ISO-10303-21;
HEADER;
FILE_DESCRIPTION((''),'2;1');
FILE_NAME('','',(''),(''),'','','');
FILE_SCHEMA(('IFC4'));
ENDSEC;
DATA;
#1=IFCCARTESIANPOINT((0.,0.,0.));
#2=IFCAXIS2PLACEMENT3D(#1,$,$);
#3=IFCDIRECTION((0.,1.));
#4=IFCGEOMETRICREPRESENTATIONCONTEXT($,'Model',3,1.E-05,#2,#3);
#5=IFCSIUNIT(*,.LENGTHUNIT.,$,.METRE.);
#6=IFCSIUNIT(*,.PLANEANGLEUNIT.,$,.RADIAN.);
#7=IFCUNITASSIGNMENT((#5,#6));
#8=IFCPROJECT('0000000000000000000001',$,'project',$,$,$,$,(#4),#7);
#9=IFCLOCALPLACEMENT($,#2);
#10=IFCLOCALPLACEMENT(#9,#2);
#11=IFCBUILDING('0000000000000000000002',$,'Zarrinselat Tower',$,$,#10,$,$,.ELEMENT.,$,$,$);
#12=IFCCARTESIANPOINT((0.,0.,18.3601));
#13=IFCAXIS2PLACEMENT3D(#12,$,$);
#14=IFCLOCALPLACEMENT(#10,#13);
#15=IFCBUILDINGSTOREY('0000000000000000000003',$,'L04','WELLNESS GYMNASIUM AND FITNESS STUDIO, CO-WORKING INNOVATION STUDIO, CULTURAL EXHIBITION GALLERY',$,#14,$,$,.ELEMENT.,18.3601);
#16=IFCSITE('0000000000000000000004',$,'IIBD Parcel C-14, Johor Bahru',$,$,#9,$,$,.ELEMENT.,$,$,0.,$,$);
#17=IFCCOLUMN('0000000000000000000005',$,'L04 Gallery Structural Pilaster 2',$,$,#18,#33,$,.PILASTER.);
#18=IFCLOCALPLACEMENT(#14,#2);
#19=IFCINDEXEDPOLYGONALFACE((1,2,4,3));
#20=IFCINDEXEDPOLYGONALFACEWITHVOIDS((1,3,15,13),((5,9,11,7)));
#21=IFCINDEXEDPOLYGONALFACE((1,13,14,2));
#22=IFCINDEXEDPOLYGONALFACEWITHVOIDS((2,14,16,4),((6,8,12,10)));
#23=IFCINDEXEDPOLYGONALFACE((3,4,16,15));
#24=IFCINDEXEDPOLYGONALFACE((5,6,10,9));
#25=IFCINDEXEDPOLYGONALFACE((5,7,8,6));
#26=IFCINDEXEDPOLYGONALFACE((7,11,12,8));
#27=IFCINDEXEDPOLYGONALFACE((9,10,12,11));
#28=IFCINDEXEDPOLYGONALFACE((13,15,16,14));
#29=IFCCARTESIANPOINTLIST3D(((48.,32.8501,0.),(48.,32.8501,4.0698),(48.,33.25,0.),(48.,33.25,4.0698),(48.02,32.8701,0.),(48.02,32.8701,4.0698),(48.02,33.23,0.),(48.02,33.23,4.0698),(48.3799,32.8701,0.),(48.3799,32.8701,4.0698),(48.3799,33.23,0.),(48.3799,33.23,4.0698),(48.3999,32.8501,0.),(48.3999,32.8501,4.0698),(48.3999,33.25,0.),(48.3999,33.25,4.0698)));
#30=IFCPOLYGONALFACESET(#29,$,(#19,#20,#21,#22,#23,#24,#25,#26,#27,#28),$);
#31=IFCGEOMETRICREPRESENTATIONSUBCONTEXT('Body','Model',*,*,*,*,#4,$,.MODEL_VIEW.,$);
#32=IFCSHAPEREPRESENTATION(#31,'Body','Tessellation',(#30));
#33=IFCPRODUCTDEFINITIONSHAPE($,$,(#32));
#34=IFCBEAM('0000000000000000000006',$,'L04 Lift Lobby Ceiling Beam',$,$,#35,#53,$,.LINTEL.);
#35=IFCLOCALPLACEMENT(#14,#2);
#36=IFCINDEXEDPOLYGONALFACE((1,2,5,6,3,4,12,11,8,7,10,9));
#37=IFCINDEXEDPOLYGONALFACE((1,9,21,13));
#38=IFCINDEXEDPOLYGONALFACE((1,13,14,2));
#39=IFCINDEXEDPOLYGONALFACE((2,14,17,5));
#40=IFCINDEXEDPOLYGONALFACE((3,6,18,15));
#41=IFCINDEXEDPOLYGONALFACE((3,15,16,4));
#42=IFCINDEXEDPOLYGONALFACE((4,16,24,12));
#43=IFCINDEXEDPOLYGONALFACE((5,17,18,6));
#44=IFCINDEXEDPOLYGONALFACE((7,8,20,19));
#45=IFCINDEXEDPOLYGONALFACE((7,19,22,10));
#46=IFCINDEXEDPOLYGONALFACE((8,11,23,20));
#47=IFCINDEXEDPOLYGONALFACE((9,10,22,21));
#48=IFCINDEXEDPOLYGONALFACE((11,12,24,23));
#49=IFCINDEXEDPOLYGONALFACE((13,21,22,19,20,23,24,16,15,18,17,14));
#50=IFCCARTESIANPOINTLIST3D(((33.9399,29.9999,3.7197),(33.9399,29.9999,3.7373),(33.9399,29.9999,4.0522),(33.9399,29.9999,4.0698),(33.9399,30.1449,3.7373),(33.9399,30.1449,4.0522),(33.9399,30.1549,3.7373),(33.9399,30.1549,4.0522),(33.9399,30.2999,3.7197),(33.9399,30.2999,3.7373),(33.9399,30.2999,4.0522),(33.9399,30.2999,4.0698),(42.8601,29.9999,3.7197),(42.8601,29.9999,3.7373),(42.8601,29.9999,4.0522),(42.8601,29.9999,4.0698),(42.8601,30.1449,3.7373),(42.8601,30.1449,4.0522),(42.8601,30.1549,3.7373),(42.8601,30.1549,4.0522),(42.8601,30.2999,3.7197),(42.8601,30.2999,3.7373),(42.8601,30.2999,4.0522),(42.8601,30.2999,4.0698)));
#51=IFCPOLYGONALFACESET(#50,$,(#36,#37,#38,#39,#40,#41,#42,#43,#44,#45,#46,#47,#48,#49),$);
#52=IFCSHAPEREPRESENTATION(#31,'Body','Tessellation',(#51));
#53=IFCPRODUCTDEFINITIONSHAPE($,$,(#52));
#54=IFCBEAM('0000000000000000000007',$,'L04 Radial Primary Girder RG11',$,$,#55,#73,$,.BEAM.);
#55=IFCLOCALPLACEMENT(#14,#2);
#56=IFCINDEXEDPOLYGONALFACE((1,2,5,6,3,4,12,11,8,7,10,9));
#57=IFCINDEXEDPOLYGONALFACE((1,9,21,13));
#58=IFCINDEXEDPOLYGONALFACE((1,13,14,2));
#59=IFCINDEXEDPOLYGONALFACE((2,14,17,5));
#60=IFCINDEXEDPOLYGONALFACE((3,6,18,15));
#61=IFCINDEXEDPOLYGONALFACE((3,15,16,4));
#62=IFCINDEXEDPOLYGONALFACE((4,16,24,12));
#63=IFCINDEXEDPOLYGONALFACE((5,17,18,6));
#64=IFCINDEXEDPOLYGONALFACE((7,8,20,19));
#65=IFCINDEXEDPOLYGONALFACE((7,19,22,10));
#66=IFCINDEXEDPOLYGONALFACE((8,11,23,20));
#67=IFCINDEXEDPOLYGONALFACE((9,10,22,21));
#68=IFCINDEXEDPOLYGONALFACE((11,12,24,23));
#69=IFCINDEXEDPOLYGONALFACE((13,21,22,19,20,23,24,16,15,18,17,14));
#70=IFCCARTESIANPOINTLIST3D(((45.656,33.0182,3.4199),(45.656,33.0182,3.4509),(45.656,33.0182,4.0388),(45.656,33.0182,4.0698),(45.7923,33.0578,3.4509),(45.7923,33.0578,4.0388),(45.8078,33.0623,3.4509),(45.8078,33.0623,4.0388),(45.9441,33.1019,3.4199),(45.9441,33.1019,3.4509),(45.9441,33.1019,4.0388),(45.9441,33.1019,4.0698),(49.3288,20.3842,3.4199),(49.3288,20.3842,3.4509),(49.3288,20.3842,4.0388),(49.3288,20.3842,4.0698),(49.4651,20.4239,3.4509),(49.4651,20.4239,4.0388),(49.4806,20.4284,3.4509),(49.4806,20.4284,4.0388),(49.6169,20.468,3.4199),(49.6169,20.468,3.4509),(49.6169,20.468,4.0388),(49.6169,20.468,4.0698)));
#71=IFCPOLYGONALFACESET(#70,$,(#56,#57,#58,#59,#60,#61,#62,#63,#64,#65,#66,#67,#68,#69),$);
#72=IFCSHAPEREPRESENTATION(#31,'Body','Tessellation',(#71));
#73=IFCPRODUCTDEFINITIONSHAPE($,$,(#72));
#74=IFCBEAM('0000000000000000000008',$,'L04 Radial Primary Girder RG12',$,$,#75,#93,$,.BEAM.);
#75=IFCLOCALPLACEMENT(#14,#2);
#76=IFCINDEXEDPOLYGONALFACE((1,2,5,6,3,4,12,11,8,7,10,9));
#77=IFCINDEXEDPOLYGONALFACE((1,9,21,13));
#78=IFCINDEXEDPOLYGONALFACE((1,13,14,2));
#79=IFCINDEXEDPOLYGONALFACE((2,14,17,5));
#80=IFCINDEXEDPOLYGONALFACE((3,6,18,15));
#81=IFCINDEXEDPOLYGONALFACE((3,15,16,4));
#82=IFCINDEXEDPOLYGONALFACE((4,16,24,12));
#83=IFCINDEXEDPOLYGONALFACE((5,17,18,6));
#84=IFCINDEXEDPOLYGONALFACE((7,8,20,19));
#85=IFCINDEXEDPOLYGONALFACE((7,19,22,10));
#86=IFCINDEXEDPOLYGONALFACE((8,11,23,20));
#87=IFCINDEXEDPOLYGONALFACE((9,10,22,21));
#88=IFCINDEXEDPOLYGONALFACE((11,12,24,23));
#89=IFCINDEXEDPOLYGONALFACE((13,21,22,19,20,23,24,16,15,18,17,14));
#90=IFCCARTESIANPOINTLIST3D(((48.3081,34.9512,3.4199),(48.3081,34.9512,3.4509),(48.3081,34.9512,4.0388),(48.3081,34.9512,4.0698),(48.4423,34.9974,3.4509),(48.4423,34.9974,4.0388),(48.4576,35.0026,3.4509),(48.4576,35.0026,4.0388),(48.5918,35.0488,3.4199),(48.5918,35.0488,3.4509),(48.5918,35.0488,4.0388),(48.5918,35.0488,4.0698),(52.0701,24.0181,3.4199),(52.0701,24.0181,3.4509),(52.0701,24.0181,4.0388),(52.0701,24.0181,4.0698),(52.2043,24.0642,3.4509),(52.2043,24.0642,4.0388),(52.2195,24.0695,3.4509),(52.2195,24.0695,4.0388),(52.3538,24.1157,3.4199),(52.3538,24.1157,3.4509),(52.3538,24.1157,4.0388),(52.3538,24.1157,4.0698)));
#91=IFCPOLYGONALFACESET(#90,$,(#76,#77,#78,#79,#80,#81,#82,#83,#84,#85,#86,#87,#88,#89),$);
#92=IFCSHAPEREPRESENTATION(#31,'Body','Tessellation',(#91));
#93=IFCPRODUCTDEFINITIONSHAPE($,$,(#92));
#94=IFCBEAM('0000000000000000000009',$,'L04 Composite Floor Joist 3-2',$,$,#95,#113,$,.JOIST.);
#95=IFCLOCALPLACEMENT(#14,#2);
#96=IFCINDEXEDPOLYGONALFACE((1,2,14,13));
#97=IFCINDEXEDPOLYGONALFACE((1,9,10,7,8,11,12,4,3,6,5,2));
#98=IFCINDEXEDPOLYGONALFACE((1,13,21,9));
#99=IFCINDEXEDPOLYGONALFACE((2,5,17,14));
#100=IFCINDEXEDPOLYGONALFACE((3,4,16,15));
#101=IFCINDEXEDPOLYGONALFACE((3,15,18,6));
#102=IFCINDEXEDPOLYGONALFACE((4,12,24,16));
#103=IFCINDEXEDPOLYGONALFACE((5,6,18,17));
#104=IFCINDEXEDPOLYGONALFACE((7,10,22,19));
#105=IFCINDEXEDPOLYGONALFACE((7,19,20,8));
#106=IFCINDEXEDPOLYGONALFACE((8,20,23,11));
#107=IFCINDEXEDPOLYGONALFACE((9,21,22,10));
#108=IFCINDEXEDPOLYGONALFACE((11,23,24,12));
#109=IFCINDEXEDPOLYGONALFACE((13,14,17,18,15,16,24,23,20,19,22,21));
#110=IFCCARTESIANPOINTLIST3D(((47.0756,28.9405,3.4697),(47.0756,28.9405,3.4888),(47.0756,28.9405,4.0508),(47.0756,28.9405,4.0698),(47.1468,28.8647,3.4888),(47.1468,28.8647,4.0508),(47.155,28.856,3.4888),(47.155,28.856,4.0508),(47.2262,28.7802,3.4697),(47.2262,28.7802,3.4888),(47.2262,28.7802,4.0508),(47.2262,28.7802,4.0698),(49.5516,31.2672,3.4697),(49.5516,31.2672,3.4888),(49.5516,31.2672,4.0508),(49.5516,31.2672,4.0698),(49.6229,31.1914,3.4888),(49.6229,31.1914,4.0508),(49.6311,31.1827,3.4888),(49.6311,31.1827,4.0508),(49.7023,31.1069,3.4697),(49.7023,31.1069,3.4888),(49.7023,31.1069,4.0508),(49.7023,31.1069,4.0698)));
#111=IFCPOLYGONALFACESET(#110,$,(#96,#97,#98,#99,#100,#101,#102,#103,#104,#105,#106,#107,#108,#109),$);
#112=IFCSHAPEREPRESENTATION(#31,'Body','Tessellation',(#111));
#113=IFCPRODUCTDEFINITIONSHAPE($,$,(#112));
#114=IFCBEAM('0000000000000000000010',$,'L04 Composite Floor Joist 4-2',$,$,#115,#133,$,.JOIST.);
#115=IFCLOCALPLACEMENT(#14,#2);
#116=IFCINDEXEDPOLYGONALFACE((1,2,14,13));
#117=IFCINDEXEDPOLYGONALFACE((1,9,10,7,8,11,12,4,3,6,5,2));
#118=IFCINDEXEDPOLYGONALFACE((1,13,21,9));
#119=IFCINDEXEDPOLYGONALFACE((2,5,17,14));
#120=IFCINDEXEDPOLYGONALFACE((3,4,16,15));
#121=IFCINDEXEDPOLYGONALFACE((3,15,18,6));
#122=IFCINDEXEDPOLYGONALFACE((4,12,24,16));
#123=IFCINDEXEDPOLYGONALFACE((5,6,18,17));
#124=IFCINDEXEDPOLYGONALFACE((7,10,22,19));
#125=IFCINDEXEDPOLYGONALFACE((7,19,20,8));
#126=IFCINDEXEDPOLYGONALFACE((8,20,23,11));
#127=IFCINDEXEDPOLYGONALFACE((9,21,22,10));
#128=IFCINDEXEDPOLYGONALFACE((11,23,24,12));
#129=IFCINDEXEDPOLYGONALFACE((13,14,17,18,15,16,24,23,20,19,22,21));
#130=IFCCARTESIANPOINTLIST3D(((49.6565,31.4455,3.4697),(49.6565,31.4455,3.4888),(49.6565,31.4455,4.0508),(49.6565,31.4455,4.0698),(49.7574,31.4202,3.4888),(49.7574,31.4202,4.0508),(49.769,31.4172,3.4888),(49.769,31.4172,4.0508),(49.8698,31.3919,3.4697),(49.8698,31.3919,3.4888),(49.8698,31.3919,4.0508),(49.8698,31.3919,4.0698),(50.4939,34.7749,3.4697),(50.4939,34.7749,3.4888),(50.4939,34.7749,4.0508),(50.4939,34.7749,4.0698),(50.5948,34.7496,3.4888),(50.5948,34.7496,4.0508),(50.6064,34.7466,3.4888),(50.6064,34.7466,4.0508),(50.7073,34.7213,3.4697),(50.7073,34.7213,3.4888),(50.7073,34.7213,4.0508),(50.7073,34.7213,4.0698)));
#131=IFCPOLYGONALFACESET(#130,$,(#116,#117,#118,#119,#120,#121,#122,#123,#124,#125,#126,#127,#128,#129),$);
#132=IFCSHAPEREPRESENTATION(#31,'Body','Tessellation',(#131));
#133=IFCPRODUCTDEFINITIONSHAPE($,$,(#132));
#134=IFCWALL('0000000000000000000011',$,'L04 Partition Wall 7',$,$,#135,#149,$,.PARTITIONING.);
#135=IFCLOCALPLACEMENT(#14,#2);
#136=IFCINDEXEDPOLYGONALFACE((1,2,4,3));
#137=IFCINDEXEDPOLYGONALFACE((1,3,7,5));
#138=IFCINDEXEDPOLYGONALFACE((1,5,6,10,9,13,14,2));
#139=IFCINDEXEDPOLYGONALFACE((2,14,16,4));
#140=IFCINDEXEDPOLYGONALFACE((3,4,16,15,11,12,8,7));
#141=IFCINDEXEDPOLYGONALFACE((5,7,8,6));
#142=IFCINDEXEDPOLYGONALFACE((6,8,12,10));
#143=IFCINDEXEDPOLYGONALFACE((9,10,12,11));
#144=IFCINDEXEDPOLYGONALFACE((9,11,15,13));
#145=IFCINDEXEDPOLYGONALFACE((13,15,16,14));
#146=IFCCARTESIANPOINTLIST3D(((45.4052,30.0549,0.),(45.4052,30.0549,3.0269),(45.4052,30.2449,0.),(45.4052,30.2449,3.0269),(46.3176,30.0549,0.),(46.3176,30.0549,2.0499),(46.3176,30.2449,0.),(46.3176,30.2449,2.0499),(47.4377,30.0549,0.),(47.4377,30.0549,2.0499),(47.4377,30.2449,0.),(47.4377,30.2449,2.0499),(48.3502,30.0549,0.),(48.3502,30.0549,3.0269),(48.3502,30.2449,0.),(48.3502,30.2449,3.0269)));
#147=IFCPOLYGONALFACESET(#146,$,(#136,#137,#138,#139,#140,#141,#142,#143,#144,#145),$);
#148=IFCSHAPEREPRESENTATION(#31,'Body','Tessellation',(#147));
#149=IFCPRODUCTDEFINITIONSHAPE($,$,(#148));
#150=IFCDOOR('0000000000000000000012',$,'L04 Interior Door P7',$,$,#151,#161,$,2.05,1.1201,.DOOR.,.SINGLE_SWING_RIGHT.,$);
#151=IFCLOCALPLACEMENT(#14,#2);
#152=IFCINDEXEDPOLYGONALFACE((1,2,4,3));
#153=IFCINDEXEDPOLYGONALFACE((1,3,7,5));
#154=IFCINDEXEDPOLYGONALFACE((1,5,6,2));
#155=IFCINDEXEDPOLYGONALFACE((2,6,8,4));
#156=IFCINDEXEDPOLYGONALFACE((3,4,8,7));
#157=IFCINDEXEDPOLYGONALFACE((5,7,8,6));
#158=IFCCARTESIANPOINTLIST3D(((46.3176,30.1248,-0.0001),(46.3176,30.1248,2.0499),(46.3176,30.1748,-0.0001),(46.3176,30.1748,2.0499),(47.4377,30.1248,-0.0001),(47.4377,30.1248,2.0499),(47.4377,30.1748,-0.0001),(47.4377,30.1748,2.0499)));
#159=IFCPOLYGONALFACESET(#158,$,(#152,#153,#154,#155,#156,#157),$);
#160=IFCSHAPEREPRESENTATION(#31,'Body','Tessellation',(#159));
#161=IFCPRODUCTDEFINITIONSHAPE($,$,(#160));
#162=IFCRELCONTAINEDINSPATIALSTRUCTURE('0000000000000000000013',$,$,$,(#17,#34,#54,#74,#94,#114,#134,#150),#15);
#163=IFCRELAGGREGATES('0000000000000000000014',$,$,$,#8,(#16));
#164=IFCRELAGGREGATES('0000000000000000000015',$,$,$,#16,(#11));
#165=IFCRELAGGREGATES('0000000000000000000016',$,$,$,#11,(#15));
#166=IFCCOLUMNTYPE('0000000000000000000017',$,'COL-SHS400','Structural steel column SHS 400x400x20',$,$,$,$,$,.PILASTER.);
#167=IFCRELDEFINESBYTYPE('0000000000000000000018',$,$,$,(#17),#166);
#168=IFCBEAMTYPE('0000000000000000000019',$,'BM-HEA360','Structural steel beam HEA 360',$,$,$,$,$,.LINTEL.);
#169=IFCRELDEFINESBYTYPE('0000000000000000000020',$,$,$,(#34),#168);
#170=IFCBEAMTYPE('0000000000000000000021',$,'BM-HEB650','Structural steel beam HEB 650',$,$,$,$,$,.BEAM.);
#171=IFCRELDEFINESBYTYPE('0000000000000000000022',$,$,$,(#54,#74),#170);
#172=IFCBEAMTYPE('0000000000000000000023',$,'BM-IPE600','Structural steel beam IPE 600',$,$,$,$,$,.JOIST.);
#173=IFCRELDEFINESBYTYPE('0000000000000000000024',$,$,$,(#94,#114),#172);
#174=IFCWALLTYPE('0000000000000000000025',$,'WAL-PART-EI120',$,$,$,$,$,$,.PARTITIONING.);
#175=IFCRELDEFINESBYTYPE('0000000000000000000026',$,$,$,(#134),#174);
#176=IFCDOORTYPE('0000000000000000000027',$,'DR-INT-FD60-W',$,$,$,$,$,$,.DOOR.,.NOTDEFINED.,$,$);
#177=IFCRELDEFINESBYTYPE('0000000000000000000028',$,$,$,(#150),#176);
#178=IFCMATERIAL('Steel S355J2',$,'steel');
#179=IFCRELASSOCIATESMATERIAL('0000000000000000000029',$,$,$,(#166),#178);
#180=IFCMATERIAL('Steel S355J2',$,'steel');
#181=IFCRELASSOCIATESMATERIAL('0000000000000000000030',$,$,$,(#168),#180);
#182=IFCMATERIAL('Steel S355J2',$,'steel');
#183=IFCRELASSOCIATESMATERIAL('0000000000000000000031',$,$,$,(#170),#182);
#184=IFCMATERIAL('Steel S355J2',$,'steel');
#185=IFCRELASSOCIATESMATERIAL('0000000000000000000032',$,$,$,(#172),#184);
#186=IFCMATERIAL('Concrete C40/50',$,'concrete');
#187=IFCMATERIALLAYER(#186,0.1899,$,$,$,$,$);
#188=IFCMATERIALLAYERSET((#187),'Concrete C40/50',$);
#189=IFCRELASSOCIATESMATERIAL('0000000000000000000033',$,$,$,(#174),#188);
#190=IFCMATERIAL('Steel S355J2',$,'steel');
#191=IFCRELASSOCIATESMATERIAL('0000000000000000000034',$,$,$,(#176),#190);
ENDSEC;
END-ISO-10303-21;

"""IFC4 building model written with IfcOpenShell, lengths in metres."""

from ifc_helpers import new_model, si_unit, direction, frame, frame_2d, origin, origin_2d, place, context, subcontext, project, spatial, rectangle, hollow_rectangle, i_section, extrude, material, layer, layer_set, material_profile, profile_set, type_object, element, fill, save


model = new_model("IFC4")

# Units and contexts
model_context = context("Model", 3, precision=1e-05, world=origin(), true_north=direction((0.0, 1.0)))
body_context = subcontext(model_context, "Body", "Model", "MODEL_VIEW")
ifc_project = project(units=[si_unit("LENGTHUNIT", "METRE"), si_unit("PLANEANGLEUNIT", "RADIAN")], contexts=[model_context])

# Site, building, storey
site_placement = place(None, origin())
site = spatial("IfcSite", under=ifc_project, at=site_placement, Name="IIBD Parcel C-14, Johor Bahru", CompositionType="ELEMENT", RefElevation=0.0)
building_placement = place(site_placement, origin())
building = spatial("IfcBuilding", under=site, at=building_placement, Name="Zarrinselat Tower", CompositionType="ELEMENT")
storey_placement = place(building_placement, frame((0.0, 0.0, 18.3601)))
storey = spatial("IfcBuildingStorey", under=building, at=storey_placement, Name="L04", Description="WELLNESS GYMNASIUM AND FITNESS STUDIO, CO-WORKING INNOVATION STUDIO, CULTURAL EXHIBITION GALLERY", CompositionType="ELEMENT", Elevation=18.3601)

# Column
ifc_material_1 = material(Name="Steel S355J2", Category="steel")
ifc_material_profile_1 = material_profile(ifc_material_1, hollow_rectangle(XDim=0.3999, YDim=0.3999, WallThickness=0.02, at=origin_2d()), Name="SHS 400x400x20")
ifc_profile_set_1 = profile_set([ifc_material_profile_1], Name="Steel S355J2")
column_type = type_object("IfcColumnType", Name="COL-SHS400", Description="Structural steel column SHS 400x400x20", PredefinedType="PILASTER", material=ifc_profile_set_1)
column_placement = place(storey_placement, frame((48.2, 33.05, 0.0), z_axis=(0.0, 0.0, 1.0), x_axis=(1.0, 0.0, 0.0)))
element("IfcColumn", 1, at=column_placement, inside=storey, type_object=column_type, Name="L04 Gallery Structural Pilaster 2", PredefinedType="PILASTER", context=body_context, shape_type="SweptSolid", body=[
    extrude(hollow_rectangle(XDim=0.3999, YDim=0.3999, WallThickness=0.02, at=origin_2d()), origin(), (0.0, 0.0, 1.0), 4.0698),
])

# Beams
ifc_material_2 = material(Name="Steel S355J2", Category="steel")
ifc_material_profile_2 = material_profile(ifc_material_2, i_section(OverallWidth=0.3, OverallDepth=0.3501, WebThickness=0.01, FlangeThickness=0.0176, at=origin_2d()), Name="HEA 360")
ifc_profile_set_2 = profile_set([ifc_material_profile_2], Name="Steel S355J2")
beam_type_1 = type_object("IfcBeamType", Name="BM-HEA360", Description="Structural steel beam HEA 360", PredefinedType="LINTEL", material=ifc_profile_set_2)
beam_1_placement = place(storey_placement, frame((33.9399, 30.1499, 3.8948), z_axis=(1.0, 0.0, 0.0), x_axis=(0.0, 1.0, 0.0)))
element("IfcBeam", 2, at=beam_1_placement, inside=storey, type_object=beam_type_1, Name="L04 Lift Lobby Ceiling Beam", PredefinedType="LINTEL", context=body_context, shape_type="SweptSolid", body=[
    extrude(i_section(OverallWidth=0.3, OverallDepth=0.3501, WebThickness=0.01, FlangeThickness=0.0176, at=origin_2d()), origin(), (0.0, 0.0, 1.0), 8.9202),
])
ifc_material_3 = material(Name="Steel S355J2", Category="steel")
ifc_material_profile_3 = material_profile(ifc_material_3, i_section(OverallWidth=0.3, OverallDepth=0.6499, WebThickness=0.0161, FlangeThickness=0.031, at=origin_2d()), Name="HEB 650")
ifc_profile_set_3 = profile_set([ifc_material_profile_3], Name="Steel S355J2")
beam_type_2 = type_object("IfcBeamType", Name="BM-HEB650", Description="Structural steel beam HEB 650", PredefinedType="BEAM", material=ifc_profile_set_3)
beam_2_placement = place(storey_placement, frame((45.8, 33.0601, 3.7449), z_axis=(0.279154, -0.960246, 0.0), x_axis=(0.960246, 0.279154, 0.0)))
element("IfcBeam", 3, at=beam_2_placement, inside=storey, type_object=beam_type_2, Name="L04 Radial Primary Girder RG11", PredefinedType="BEAM", context=body_context, shape_type="SweptSolid", body=[
    extrude(i_section(OverallWidth=0.3, OverallDepth=0.6499, WebThickness=0.0161, FlangeThickness=0.031, at=origin_2d()), origin(), (0.0, 0.0, 1.0), 13.157),
])
beam_3_placement = place(storey_placement, frame((48.45, 35.0, 3.7449), z_axis=(0.325367, -0.945588, 0.0), x_axis=(0.945588, 0.325367, 0.0)))
element("IfcBeam", 4, at=beam_3_placement, inside=storey, type_object=beam_type_2, Name="L04 Radial Primary Girder RG12", PredefinedType="BEAM", context=body_context, shape_type="SweptSolid", body=[
    extrude(i_section(OverallWidth=0.3, OverallDepth=0.6499, WebThickness=0.0161, FlangeThickness=0.031, at=origin_2d()), origin(), (0.0, 0.0, 1.0), 11.5623),
])
ifc_material_4 = material(Name="Steel S355J2", Category="steel")
ifc_material_profile_4 = material_profile(ifc_material_4, i_section(OverallWidth=0.22, OverallDepth=0.6001, WebThickness=0.012, FlangeThickness=0.019, at=origin_2d()), Name="IPE 600")
ifc_profile_set_4 = profile_set([ifc_material_profile_4], Name="Steel S355J2")
beam_type_3 = type_object("IfcBeamType", Name="BM-IPE600", Description="Structural steel beam IPE 600", PredefinedType="JOIST", material=ifc_profile_set_4)
beam_4_placement = place(storey_placement, frame((47.1509, 28.8604, 3.7698), z_axis=(0.728752, 0.684777, 0.0), x_axis=(-0.684777, 0.728752, 0.0)))
element("IfcBeam", 5, at=beam_4_placement, inside=storey, type_object=beam_type_3, Name="L04 Composite Floor Joist 3-2", PredefinedType="JOIST", context=body_context, shape_type="SweptSolid", body=[
    extrude(i_section(OverallWidth=0.22, OverallDepth=0.6001, WebThickness=0.012, FlangeThickness=0.019, at=origin_2d()), origin(), (0.0, 0.0, 1.0), 3.3977),
])
beam_5_placement = place(storey_placement, frame((49.7632, 31.4187, 3.7698), z_axis=(0.243924, 0.969794, 0.0), x_axis=(-0.969794, 0.243924, 0.0)))
element("IfcBeam", 6, at=beam_5_placement, inside=storey, type_object=beam_type_3, Name="L04 Composite Floor Joist 4-2", PredefinedType="JOIST", context=body_context, shape_type="SweptSolid", body=[
    extrude(i_section(OverallWidth=0.22, OverallDepth=0.6001, WebThickness=0.012, FlangeThickness=0.019, at=origin_2d()), origin(), (0.0, 0.0, 1.0), 3.4331),
])

# Wall, opening, door
ifc_material_5 = material(Name="Concrete C40/50", Category="concrete")
ifc_layer_1 = layer(ifc_material_5, 0.1899)
ifc_layer_set_1 = layer_set([ifc_layer_1], Name="Concrete C40/50")
wall_type_1 = type_object("IfcWallType", Name="WAL-PART-EI120", PredefinedType="PARTITIONING", material=ifc_layer_set_1)
wall_1_placement = place(storey_placement, frame((45.405, 30.1499, 0.0), z_axis=(0.0, 0.0, 1.0), x_axis=(1.0, 0.0, 0.0)))
wall_1 = element("IfcWall", 7, at=wall_1_placement, inside=storey, type_object=wall_type_1, Name="L04 Partition Wall 7", PredefinedType="PARTITIONING", context=body_context, shape_type="SweptSolid", body=[
    extrude(rectangle(XDim=2.9451, YDim=0.1899, at=frame_2d((1.4727, 0.0))), origin(), (0.0, 0.0, 1.0), 3.0269),
])
opening_1_placement = place(wall_1_placement, frame((0.9126, 0.0, 0.0)))
opening_1 = element("IfcOpeningElement", 8, at=opening_1_placement, cuts=wall_1, PredefinedType="OPENING", context=body_context, shape_type="SweptSolid", body=[
    extrude(rectangle(XDim=1.1201, YDim=2.05, at=frame_2d((0.5601, 1.0249))), frame((0.0, 0.105, 0.0), z_axis=(0.0, -1.0, 0.0), x_axis=(1.0, 0.0, 0.0)), (0.0, 0.0, 1.0), 0.21),
])
ifc_material_6 = material(Name="Steel S355J2", Category="steel")
door_type_1 = type_object("IfcDoorType", Name="DR-INT-FD60-W", OperationType="NOTDEFINED", PredefinedType="DOOR", material=ifc_material_6)
door_1_placement = place(opening_1_placement, origin())
door_1 = element("IfcDoor", 9, at=door_1_placement, inside=storey, type_object=door_type_1, Name="L04 Interior Door P7", OperationType="SINGLE_SWING_RIGHT", OverallHeight=2.05, OverallWidth=1.1201, PredefinedType="DOOR", context=body_context, shape_type="SweptSolid", body=[
    extrude(rectangle(XDim=1.1201, YDim=2.05, at=frame_2d((0.5601, 1.0249))), frame((0.0, 0.0249, 0.0), z_axis=(0.0, -1.0, 0.0), x_axis=(1.0, 0.0, 0.0)), (0.0, 0.0, 1.0), 0.05),
])
fill(opening_1, door_1)

save(model, "model.ifc")
